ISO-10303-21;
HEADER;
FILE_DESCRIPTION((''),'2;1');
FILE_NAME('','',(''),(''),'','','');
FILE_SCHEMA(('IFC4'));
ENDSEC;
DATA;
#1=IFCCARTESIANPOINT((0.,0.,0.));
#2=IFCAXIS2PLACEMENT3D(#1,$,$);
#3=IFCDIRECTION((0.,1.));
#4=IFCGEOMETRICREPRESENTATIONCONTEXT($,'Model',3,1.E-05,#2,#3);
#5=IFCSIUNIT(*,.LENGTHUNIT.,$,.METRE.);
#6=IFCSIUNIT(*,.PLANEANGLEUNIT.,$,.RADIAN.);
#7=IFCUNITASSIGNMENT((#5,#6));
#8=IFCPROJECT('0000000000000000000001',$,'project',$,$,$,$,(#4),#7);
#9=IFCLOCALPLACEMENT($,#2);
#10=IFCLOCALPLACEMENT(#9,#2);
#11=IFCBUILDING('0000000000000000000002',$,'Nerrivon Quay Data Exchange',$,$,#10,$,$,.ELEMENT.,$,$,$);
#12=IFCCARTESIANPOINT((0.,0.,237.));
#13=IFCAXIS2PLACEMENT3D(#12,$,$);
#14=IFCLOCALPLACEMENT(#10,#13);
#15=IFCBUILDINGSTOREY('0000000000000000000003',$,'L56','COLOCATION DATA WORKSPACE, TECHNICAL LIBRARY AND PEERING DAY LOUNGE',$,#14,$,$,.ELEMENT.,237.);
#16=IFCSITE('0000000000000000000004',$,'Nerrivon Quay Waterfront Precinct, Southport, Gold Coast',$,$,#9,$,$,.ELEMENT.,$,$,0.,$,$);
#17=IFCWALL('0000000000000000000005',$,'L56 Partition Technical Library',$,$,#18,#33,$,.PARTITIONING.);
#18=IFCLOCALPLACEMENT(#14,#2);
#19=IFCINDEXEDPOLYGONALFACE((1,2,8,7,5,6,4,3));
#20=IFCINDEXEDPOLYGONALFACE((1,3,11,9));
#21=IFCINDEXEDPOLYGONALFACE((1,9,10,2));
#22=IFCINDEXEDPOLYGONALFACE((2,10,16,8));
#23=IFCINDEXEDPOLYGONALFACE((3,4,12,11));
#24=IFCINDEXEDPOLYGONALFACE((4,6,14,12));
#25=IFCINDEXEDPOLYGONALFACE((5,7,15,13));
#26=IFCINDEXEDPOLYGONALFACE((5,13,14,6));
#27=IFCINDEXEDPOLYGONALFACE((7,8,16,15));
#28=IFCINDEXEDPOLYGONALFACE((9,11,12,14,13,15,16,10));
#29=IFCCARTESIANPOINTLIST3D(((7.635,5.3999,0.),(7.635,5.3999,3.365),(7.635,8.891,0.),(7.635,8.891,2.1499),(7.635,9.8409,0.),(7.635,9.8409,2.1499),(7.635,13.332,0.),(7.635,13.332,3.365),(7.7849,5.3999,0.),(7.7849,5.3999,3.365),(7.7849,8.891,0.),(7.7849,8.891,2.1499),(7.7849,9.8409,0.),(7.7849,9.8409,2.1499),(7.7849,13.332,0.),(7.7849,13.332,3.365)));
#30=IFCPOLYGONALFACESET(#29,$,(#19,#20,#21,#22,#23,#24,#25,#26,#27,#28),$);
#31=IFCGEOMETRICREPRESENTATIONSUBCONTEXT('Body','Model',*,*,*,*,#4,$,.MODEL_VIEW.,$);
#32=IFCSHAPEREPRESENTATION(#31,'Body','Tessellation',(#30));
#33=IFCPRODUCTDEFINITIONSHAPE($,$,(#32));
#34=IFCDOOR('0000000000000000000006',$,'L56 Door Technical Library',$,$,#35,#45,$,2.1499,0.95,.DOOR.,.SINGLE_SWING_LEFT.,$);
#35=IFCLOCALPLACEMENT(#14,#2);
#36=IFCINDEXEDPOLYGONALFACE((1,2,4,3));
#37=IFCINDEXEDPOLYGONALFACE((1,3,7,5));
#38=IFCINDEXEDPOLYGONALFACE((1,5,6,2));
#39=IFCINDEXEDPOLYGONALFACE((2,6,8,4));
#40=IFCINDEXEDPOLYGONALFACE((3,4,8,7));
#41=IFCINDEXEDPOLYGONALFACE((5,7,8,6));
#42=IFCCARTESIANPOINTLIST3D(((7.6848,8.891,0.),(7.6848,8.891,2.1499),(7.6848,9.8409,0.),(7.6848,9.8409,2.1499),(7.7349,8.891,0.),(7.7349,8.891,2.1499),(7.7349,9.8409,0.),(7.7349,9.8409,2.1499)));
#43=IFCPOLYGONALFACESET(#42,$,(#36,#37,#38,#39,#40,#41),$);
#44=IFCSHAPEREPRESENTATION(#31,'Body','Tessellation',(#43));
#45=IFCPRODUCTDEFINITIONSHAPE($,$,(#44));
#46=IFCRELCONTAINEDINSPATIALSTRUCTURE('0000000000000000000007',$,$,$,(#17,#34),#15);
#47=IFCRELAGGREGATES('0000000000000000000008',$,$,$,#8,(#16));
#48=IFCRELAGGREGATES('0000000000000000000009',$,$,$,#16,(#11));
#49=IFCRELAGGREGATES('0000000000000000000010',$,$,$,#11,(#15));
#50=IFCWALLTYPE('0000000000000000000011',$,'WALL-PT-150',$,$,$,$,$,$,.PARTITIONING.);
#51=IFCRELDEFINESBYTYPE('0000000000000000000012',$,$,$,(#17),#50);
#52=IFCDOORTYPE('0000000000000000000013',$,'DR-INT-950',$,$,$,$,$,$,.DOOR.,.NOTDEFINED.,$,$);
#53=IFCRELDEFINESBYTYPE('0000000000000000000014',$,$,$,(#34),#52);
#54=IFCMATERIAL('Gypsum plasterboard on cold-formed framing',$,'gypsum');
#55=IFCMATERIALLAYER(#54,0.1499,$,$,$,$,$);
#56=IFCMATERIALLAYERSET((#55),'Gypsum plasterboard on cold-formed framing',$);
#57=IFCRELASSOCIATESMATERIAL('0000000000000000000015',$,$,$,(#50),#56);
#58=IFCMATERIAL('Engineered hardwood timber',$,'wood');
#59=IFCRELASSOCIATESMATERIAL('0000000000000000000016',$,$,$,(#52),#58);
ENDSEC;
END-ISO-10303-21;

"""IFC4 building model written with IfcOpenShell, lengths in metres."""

from ifc_helpers import new_model, si_unit, direction, frame, frame_2d, origin, place, context, subcontext, project, spatial, rectangle, extrude, material, layer, layer_set, type_object, element, fill, save


model = new_model("IFC4")

# Units and contexts
model_context = context("Model", 3, precision=1e-05, world=origin(), true_north=direction((0.0, 1.0)))
body_context = subcontext(model_context, "Body", "Model", "MODEL_VIEW")
ifc_project = project(units=[si_unit("LENGTHUNIT", "METRE"), si_unit("PLANEANGLEUNIT", "RADIAN")], contexts=[model_context])

# Site, building, storey
site_placement = place(None, origin())
site = spatial("IfcSite", under=ifc_project, at=site_placement, Name="Nerrivon Quay Waterfront Precinct, Southport, Gold Coast", CompositionType="ELEMENT", RefElevation=0.0)
building_placement = place(site_placement, origin())
building = spatial("IfcBuilding", under=site, at=building_placement, Name="Nerrivon Quay Data Exchange", CompositionType="ELEMENT")
storey_placement = place(building_placement, frame((0.0, 0.0, 237.0)))
storey = spatial("IfcBuildingStorey", under=building, at=storey_placement, Name="L56", Description="COLOCATION DATA WORKSPACE, TECHNICAL LIBRARY AND PEERING DAY LOUNGE", CompositionType="ELEMENT", Elevation=237.0)

# Shared definitions
ifc_material_1 = material(Name="Gypsum plasterboard on cold-formed framing", Category="gypsum")
ifc_material_2 = material(Name="Engineered hardwood timber", Category="wood")

# Shared definitions
ifc_layer_1 = layer(ifc_material_1, 0.1499)
ifc_layer_set_1 = layer_set([ifc_layer_1], Name="Gypsum plasterboard on cold-formed framing")
wall_type_1 = type_object("IfcWallType", Name="WALL-PT-150", PredefinedType="PARTITIONING", material=ifc_layer_set_1)

# Wall, opening, door
door_type_1 = type_object("IfcDoorType", Name="DR-INT-950", OperationType="NOTDEFINED", PredefinedType="DOOR", material=ifc_material_2)
wall_1_placement = place(storey_placement, frame((7.71, 13.332, 0.0), z_axis=(0.0, 0.0, 1.0), x_axis=(0.0, -1.0, 0.0)))
wall_1 = element("IfcWall", 1, at=wall_1_placement, inside=storey, type_object=wall_type_1, Name="L56 Partition Technical Library", PredefinedType="PARTITIONING", context=body_context, shape_type="SweptSolid", body=[
    extrude(rectangle(XDim=7.9321, YDim=0.1499, at=frame_2d((3.9661, 0.0))), origin(), (0.0, 0.0, 1.0), 3.365),
])
opening_1_placement = place(wall_1_placement, frame((3.491, 0.0, 0.0)))
opening_1 = element("IfcOpeningElement", 2, at=opening_1_placement, cuts=wall_1, PredefinedType="OPENING", context=body_context, shape_type="SweptSolid", body=[
    extrude(rectangle(XDim=0.95, YDim=2.1499, at=frame_2d((0.4751, 1.075))), frame((0.0, 0.085, 0.0), z_axis=(0.0, -1.0, 0.0), x_axis=(1.0, 0.0, 0.0)), (0.0, 0.0, 1.0), 0.1699),
])
door_1_placement = place(opening_1_placement, origin())
door_1 = element("IfcDoor", 3, at=door_1_placement, inside=storey, type_object=door_type_1, Name="L56 Door Technical Library", OperationType="SINGLE_SWING_LEFT", OverallHeight=2.1499, OverallWidth=0.95, PredefinedType="DOOR", context=body_context, shape_type="SweptSolid", body=[
    extrude(rectangle(XDim=0.95, YDim=2.1499, at=frame_2d((0.4751, 1.075))), frame((0.0, 0.0249, 0.0), z_axis=(0.0, -1.0, 0.0), x_axis=(1.0, 0.0, 0.0)), (0.0, 0.0, 1.0), 0.05),
])
fill(opening_1, door_1)

save(model, "model.ifc")
